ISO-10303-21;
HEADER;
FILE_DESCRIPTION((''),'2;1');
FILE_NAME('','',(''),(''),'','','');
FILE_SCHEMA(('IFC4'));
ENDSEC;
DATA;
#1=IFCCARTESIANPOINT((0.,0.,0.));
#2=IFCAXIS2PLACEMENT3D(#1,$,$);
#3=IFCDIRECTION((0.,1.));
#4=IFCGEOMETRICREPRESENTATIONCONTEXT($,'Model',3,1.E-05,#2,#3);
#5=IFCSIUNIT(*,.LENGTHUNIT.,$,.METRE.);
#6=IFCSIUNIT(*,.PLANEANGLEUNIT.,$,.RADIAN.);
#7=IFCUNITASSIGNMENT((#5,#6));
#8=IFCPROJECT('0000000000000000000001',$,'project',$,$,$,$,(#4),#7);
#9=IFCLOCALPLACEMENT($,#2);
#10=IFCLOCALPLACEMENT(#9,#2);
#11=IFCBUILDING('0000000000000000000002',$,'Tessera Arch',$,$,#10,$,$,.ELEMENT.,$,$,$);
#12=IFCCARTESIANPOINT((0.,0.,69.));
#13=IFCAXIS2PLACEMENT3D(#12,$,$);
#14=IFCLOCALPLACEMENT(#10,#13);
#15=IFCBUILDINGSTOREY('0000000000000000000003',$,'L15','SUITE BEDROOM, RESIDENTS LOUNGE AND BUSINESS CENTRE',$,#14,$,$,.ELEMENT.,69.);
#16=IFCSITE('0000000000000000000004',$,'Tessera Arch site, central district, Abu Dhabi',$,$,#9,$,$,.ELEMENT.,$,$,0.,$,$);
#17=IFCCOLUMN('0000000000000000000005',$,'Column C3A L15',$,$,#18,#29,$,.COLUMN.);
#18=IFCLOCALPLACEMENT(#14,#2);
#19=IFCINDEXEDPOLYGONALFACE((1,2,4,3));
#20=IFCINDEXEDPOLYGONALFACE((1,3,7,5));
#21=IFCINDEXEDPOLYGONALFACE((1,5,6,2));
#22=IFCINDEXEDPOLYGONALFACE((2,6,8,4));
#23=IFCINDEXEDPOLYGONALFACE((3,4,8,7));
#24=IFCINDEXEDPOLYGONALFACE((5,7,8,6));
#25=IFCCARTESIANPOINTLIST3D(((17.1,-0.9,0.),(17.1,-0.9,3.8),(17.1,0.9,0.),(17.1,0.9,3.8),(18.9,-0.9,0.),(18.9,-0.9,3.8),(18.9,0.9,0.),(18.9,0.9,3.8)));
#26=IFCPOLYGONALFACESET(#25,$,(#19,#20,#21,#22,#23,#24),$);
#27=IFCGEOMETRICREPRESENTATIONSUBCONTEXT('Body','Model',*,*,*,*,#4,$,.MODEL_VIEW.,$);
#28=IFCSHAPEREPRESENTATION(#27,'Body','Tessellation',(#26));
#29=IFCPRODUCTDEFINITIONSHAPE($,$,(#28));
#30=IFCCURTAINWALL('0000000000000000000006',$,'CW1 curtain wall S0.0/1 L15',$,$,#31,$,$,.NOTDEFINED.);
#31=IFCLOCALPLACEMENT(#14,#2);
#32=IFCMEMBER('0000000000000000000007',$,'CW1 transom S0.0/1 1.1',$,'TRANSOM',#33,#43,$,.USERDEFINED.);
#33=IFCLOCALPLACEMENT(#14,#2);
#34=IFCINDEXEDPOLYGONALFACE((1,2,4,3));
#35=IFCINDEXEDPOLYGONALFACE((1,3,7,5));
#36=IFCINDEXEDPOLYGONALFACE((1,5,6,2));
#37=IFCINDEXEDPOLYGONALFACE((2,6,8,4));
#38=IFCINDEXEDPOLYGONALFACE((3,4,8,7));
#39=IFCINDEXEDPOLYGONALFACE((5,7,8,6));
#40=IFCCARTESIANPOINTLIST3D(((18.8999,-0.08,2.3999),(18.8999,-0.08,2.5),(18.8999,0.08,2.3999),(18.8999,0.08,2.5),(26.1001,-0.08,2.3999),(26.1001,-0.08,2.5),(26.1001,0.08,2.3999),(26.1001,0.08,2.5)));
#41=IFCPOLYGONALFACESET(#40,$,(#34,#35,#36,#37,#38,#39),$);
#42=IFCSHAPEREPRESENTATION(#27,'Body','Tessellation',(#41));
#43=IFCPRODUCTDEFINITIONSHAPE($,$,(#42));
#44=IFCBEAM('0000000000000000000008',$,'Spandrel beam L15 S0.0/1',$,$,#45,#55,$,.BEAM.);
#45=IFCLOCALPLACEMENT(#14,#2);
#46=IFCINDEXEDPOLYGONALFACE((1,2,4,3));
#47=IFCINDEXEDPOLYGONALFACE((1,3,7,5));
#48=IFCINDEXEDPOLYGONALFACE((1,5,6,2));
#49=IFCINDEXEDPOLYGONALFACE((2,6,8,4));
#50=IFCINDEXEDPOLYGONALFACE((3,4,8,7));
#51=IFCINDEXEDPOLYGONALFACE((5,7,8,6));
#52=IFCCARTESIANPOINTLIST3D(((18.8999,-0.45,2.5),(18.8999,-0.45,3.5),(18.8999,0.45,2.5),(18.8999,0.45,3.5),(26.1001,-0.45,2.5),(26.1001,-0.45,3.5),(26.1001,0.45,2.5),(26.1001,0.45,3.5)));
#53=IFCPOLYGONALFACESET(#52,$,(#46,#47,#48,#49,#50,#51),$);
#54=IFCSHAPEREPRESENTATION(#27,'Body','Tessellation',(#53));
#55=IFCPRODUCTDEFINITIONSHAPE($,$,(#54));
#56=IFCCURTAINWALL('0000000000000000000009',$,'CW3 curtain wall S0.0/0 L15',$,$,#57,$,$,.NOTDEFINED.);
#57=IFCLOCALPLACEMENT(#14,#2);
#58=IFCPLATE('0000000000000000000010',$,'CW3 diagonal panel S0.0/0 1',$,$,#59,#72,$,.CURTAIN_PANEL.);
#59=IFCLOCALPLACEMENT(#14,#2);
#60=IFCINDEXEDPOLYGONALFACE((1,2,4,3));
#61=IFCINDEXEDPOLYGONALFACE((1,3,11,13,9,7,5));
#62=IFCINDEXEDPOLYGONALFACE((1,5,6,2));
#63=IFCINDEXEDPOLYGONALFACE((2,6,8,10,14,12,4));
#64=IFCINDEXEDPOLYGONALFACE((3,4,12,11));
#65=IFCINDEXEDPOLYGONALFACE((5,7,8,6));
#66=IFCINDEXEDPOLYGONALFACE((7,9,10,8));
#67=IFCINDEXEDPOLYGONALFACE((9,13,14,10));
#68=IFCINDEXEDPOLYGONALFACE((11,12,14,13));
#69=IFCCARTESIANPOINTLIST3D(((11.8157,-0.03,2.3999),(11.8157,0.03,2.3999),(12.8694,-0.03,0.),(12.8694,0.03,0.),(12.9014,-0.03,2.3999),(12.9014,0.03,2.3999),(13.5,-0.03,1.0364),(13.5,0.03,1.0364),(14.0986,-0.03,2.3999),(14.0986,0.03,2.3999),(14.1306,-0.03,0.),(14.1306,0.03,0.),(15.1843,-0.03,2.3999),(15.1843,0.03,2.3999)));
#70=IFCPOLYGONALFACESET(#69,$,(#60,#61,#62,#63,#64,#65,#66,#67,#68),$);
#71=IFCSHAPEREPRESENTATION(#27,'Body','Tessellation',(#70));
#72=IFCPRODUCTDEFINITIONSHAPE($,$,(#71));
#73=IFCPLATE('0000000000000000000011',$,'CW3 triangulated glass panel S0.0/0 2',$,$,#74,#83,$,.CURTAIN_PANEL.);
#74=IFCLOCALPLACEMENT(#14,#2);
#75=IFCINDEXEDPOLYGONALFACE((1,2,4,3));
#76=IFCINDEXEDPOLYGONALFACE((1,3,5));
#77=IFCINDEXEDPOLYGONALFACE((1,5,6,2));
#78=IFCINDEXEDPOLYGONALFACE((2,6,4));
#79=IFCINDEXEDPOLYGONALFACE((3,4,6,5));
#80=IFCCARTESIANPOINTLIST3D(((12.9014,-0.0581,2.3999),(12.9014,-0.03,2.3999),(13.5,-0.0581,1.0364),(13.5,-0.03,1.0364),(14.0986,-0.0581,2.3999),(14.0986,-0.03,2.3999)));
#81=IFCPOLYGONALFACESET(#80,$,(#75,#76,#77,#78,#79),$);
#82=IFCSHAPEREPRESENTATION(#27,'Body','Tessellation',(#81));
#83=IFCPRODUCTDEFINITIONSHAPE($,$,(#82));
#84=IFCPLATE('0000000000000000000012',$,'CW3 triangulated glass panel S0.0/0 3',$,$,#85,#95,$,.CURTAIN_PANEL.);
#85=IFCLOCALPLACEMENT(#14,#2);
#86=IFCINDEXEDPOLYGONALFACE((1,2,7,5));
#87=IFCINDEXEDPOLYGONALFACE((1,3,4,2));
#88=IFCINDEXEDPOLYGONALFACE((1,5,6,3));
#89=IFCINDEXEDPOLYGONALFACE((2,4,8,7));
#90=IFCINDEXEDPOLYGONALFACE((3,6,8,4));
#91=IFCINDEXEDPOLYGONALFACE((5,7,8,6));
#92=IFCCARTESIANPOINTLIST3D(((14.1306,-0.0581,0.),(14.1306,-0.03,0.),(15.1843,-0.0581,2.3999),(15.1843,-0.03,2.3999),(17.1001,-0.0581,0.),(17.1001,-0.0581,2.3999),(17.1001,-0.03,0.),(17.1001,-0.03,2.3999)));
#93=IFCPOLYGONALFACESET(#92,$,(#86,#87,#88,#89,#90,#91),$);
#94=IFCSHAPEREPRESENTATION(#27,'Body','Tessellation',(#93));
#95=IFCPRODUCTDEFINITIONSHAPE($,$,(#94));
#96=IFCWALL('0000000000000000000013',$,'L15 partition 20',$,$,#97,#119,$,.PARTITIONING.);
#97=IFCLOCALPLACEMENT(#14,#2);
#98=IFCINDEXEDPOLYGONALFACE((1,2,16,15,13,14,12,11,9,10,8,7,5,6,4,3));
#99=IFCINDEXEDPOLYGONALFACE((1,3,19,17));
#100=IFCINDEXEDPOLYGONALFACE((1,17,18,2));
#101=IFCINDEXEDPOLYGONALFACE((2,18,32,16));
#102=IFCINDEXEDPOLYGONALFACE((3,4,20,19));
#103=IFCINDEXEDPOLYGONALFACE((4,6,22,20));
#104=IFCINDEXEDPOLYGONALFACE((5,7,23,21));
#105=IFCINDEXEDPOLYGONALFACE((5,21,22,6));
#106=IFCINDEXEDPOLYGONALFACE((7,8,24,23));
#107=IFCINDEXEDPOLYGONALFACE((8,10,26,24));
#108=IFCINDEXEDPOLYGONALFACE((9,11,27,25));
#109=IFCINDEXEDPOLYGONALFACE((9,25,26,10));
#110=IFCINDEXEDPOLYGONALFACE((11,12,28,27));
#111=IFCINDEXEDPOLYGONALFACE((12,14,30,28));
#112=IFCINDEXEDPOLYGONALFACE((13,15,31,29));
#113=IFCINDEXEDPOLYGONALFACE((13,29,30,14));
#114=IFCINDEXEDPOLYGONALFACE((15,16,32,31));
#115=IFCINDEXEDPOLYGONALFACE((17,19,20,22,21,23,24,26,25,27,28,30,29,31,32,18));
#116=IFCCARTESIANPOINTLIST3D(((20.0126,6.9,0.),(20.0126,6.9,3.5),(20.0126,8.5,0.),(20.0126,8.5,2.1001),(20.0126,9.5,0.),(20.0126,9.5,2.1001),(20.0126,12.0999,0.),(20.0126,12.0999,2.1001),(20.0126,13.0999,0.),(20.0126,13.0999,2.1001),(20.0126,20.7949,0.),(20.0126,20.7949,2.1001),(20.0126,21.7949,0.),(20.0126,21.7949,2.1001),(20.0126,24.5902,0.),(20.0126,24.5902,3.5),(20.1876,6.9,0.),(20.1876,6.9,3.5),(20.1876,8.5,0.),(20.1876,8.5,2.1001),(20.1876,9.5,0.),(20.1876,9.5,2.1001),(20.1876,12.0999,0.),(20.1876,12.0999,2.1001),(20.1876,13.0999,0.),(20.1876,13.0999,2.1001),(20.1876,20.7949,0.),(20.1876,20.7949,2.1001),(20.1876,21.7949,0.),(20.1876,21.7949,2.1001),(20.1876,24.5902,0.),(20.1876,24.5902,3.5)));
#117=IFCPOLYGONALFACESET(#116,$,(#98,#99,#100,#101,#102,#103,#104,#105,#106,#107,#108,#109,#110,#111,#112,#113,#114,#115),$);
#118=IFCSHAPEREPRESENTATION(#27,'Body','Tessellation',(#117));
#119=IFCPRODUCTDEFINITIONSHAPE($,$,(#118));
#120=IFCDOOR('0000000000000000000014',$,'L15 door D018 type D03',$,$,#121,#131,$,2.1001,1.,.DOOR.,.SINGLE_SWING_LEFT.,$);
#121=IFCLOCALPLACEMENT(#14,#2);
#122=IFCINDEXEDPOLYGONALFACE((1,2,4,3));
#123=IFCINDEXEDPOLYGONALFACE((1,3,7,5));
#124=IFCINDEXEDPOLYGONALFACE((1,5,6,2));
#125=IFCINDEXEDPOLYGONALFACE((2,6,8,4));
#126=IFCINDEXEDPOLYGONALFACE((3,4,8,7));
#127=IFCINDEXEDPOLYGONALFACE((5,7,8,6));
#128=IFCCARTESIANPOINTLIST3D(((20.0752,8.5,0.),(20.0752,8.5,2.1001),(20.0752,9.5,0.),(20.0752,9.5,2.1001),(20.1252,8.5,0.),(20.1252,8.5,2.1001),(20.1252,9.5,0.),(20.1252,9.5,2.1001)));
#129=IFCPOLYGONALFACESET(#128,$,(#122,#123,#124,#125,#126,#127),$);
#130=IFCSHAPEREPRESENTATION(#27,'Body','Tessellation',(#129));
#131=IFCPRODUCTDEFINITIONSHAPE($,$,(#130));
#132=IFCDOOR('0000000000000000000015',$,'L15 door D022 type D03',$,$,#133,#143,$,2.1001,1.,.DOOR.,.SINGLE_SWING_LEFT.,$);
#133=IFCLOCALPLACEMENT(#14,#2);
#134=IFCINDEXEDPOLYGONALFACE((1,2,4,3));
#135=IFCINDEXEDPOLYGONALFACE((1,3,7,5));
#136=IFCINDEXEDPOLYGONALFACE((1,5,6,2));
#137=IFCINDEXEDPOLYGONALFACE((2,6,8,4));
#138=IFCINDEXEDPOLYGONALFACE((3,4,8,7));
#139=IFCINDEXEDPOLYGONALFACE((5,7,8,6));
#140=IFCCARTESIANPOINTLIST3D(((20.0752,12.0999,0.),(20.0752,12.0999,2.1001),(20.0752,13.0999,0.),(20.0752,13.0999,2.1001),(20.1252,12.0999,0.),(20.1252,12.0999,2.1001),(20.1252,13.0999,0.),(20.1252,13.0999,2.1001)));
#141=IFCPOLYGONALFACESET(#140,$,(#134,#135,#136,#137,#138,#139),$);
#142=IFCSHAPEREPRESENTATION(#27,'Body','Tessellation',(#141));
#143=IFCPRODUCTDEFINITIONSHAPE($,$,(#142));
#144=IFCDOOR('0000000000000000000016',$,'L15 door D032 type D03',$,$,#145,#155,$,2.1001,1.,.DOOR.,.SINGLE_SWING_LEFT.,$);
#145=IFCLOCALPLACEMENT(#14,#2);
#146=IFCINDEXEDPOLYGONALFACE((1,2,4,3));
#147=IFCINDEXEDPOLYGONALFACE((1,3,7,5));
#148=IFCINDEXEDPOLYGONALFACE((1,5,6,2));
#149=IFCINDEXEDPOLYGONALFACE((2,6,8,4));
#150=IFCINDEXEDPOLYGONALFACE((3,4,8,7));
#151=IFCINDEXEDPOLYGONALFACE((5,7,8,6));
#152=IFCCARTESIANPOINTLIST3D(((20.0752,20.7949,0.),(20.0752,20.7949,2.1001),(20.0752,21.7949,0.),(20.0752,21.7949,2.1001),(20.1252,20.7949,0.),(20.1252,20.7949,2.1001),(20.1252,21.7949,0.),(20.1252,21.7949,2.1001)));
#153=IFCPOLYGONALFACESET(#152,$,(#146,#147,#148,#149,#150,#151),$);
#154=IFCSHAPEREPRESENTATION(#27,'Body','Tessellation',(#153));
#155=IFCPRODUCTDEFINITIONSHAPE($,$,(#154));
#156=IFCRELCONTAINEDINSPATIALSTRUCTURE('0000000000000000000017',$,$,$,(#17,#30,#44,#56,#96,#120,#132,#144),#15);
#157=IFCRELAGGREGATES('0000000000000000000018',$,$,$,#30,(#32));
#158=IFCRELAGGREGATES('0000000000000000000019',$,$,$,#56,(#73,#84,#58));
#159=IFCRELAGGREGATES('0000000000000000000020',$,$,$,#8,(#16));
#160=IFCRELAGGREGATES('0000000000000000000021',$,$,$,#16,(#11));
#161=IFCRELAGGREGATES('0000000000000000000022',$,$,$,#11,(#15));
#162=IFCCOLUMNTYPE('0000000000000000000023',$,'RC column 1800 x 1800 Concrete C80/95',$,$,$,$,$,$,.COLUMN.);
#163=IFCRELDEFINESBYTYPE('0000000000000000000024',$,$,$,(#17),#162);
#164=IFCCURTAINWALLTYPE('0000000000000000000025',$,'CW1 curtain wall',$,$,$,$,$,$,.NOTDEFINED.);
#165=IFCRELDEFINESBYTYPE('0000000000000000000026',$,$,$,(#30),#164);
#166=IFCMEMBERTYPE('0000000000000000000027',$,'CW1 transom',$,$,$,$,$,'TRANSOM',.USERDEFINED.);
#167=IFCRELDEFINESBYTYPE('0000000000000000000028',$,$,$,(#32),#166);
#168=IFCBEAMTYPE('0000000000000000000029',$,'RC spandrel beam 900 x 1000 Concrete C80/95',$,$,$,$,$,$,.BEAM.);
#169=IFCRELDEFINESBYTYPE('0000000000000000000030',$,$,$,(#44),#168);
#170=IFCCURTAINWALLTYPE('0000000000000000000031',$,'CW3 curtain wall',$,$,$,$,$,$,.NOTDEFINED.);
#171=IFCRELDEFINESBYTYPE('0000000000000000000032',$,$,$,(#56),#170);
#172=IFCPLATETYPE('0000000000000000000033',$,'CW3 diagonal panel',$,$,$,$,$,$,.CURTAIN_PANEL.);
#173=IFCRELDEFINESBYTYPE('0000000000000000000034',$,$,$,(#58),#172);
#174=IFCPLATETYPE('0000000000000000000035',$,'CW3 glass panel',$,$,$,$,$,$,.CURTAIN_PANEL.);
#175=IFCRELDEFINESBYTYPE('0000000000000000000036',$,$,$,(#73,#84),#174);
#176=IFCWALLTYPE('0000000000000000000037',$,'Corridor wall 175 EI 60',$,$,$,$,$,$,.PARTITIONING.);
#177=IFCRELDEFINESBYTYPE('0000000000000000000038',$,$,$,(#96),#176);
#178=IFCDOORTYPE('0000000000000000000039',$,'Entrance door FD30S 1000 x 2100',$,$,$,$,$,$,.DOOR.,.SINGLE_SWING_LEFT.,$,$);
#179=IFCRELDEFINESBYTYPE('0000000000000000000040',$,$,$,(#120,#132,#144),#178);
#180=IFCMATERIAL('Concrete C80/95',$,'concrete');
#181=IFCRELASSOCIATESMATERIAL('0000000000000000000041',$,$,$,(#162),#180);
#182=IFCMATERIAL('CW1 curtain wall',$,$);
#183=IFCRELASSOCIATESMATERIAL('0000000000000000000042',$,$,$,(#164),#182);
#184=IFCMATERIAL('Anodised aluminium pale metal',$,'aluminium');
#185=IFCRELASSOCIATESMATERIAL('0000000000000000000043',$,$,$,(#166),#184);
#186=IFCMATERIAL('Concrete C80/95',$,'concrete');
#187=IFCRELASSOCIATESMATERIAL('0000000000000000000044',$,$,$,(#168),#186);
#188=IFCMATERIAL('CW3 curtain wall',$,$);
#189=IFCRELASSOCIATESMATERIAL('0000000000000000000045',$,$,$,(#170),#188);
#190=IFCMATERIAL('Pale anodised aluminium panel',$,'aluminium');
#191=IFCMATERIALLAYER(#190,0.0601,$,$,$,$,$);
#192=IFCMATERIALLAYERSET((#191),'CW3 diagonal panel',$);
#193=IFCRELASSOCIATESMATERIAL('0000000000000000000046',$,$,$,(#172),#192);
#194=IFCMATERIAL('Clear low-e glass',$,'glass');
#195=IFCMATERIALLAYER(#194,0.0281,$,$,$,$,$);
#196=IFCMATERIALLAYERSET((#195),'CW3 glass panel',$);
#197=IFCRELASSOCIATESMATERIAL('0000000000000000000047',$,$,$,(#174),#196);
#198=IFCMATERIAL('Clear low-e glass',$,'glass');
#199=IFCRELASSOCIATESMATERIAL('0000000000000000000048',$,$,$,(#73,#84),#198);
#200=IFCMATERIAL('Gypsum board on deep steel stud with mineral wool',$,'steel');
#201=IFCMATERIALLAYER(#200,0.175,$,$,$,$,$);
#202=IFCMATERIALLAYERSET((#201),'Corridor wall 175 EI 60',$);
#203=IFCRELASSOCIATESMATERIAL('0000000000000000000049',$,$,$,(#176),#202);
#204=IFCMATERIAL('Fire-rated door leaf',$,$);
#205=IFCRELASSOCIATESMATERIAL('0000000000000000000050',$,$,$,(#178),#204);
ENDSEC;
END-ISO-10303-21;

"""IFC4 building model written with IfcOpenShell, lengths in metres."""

from ifc_helpers import new_model, si_unit, direction, frame, frame_2d, origin, origin_2d, place, context, subcontext, project, spatial, polyline, rectangle, outline, extrude, material, layer, layer_set, material_profile, profile_set, type_object, element, fill, aggregate, save


model = new_model("IFC4")

# Units and contexts
model_context = context("Model", 3, precision=1e-05, world=origin(), true_north=direction((0.0, 1.0)))
body_context = subcontext(model_context, "Body", "Model", "MODEL_VIEW")
ifc_project = project(units=[si_unit("LENGTHUNIT", "METRE"), si_unit("PLANEANGLEUNIT", "RADIAN")], contexts=[model_context])

# Site, building, storey
site_placement = place(None, origin())
site = spatial("IfcSite", under=ifc_project, at=site_placement, Name="Tessera Arch site, central district, Abu Dhabi", CompositionType="ELEMENT", RefElevation=0.0)
building_placement = place(site_placement, origin())
building = spatial("IfcBuilding", under=site, at=building_placement, Name="Tessera Arch", CompositionType="ELEMENT")
storey_placement = place(building_placement, frame((0.0, 0.0, 69.0)))
storey = spatial("IfcBuildingStorey", under=building, at=storey_placement, Name="L15", Description="SUITE BEDROOM, RESIDENTS LOUNGE AND BUSINESS CENTRE", CompositionType="ELEMENT", Elevation=69.0)

# Column
ifc_material_1 = material(Name="Concrete C80/95", Category="concrete")
ifc_material_profile_1 = material_profile(ifc_material_1, rectangle(XDim=1.8, YDim=1.8, at=origin_2d()), Name="RC column 1800 x 1800 Concrete C80/95")
ifc_profile_set_1 = profile_set([ifc_material_profile_1], Name="Concrete C80/95")
column_type = type_object("IfcColumnType", Name="RC column 1800 x 1800 Concrete C80/95", PredefinedType="COLUMN", material=ifc_profile_set_1)
column_placement = place(storey_placement, frame((18.0, 0.0, 0.0), z_axis=(0.0, 0.0, 1.0), x_axis=(1.0, 0.0, 0.0)))
element("IfcColumn", 1, at=column_placement, inside=storey, type_object=column_type, Name="Column C3A L15", PredefinedType="COLUMN", context=body_context, shape_type="SweptSolid", body=[
    extrude(rectangle(XDim=1.8, YDim=1.8, at=origin_2d()), origin(), (0.0, 0.0, 1.0), 3.8),
])

# Curtain wall, member
ifc_material_2 = material(Name="CW1 curtain wall")
curtain_wall_type_1 = type_object("IfcCurtainWallType", Name="CW1 curtain wall", PredefinedType="NOTDEFINED", material=ifc_material_2)
curtain_wall_1_placement = place(storey_placement, origin())
curtain_wall_1 = element("IfcCurtainWall", 2, at=curtain_wall_1_placement, inside=storey, type_object=curtain_wall_type_1, Name="CW1 curtain wall S0.0/1 L15", PredefinedType="NOTDEFINED")
ifc_material_3 = material(Name="Anodised aluminium pale metal", Category="aluminium")
ifc_material_profile_2 = material_profile(ifc_material_3, rectangle(XDim=0.1599, YDim=0.1001, at=origin_2d()), Name="AL 160x100")
ifc_profile_set_2 = profile_set([ifc_material_profile_2], Name="Anodised aluminium pale metal")
member_type = type_object("IfcMemberType", Name="CW1 transom", ElementType="TRANSOM", PredefinedType="USERDEFINED", material=ifc_profile_set_2)
member_placement = place(storey_placement, frame((18.8999, 0.0, 2.45), z_axis=(1.0, 0.0, 0.0), x_axis=(0.0, 1.0, 0.0)))
member = element("IfcMember", 3, at=member_placement, type_object=member_type, Name="CW1 transom S0.0/1 1.1", ObjectType="TRANSOM", PredefinedType="USERDEFINED", context=body_context, shape_type="SweptSolid", body=[
    extrude(rectangle(XDim=0.1599, YDim=0.1001, at=origin_2d()), origin(), (0.0, 0.0, 1.0), 7.2002),
])
aggregate(curtain_wall_1, [member])

# Beam
ifc_material_4 = material(Name="Concrete C80/95", Category="concrete")
ifc_material_profile_3 = material_profile(ifc_material_4, rectangle(XDim=0.8999, YDim=1.0, at=origin_2d()), Name="RC spandrel beam 900 x 1000 Concrete C80/95")
ifc_profile_set_3 = profile_set([ifc_material_profile_3], Name="Concrete C80/95")
beam_type = type_object("IfcBeamType", Name="RC spandrel beam 900 x 1000 Concrete C80/95", PredefinedType="BEAM", material=ifc_profile_set_3)
beam_placement = place(storey_placement, frame((18.8999, 0.0, 3.0), z_axis=(1.0, 0.0, 0.0), x_axis=(0.0, 1.0, 0.0)))
element("IfcBeam", 4, at=beam_placement, inside=storey, type_object=beam_type, Name="Spandrel beam L15 S0.0/1", PredefinedType="BEAM", context=body_context, shape_type="SweptSolid", body=[
    extrude(rectangle(XDim=0.8999, YDim=1.0, at=origin_2d()), origin(), (0.0, 0.0, 1.0), 7.2002),
])

# Curtain wall, plates
ifc_material_5 = material(Name="CW3 curtain wall")
curtain_wall_type_2 = type_object("IfcCurtainWallType", Name="CW3 curtain wall", PredefinedType="NOTDEFINED", material=ifc_material_5)
curtain_wall_2_placement = place(storey_placement, origin())
curtain_wall_2 = element("IfcCurtainWall", 5, at=curtain_wall_2_placement, inside=storey, type_object=curtain_wall_type_2, Name="CW3 curtain wall S0.0/0 L15", PredefinedType="NOTDEFINED")
ifc_material_6 = material(Name="Pale anodised aluminium panel", Category="aluminium")
ifc_layer_1 = layer(ifc_material_6, 0.0601)
ifc_layer_set_1 = layer_set([ifc_layer_1], Name="CW3 diagonal panel")
plate_type_1 = type_object("IfcPlateType", Name="CW3 diagonal panel", PredefinedType="CURTAIN_PANEL", material=ifc_layer_set_1)
plate_1_placement = place(storey_placement, frame((15.1843, -0.03, 2.3999), z_axis=(0.0, -1.0, 0.0), x_axis=(-1.0, 0.0, 0.0)))
plate_1 = element("IfcPlate", 6, at=plate_1_placement, type_object=plate_type_1, Name="CW3 diagonal panel S0.0/0 1", PredefinedType="CURTAIN_PANEL", context=body_context, shape_type="SweptSolid", body=[
    extrude(outline(polyline([(0.0, 0.0), (1.0857, 0.0), (1.6843, 1.3635), (2.283, 0.0), (3.3687, 0.0), (2.3149, 2.3999), (1.0537, 2.3999), (0.0, 0.0)])), origin(), (0.0, 0.0, -1.0), 0.0601),
])
ifc_material_7 = material(Name="Clear low-e glass", Category="glass")
ifc_material_8 = material(Name="Clear low-e glass", Category="glass")
ifc_layer_2 = layer(ifc_material_8, 0.0281)
ifc_layer_set_2 = layer_set([ifc_layer_2], Name="CW3 glass panel")
plate_type_2 = type_object("IfcPlateType", Name="CW3 glass panel", PredefinedType="CURTAIN_PANEL", material=ifc_layer_set_2)
plate_2_placement = place(storey_placement, frame((14.0986, -0.0581, 2.3999), z_axis=(0.0, -1.0, 0.0), x_axis=(-1.0, 0.0, 0.0)))
plate_2 = element("IfcPlate", 7, at=plate_2_placement, type_object=plate_type_2, material=ifc_material_7, Name="CW3 triangulated glass panel S0.0/0 2", PredefinedType="CURTAIN_PANEL", context=body_context, shape_type="SweptSolid", body=[
    extrude(outline(polyline([(0.0, 0.0), (1.1973, 0.0), (0.5986, 1.3635), (0.0, 0.0)])), origin(), (0.0, 0.0, -1.0), 0.0281),
])
plate_3_placement = place(storey_placement, frame((17.1001, -0.0581, 2.3999), z_axis=(0.0, -1.0, 0.0), x_axis=(-1.0, 0.0, 0.0)))
plate_3 = element("IfcPlate", 8, at=plate_3_placement, type_object=plate_type_2, material=ifc_material_7, Name="CW3 triangulated glass panel S0.0/0 3", PredefinedType="CURTAIN_PANEL", context=body_context, shape_type="SweptSolid", body=[
    extrude(outline(polyline([(0.0, 0.0), (1.9158, 0.0), (2.9695, 2.3999), (0.0, 2.3999), (0.0, 0.0)])), origin(), (0.0, 0.0, -1.0), 0.0281),
])
aggregate(curtain_wall_2, [plate_2, plate_3, plate_1])

# Wall, openings, doors
ifc_material_9 = material(Name="Gypsum board on deep steel stud with mineral wool", Category="steel")
ifc_layer_3 = layer(ifc_material_9, 0.175)
ifc_layer_set_3 = layer_set([ifc_layer_3], Name="Corridor wall 175 EI 60")
wall_type_1 = type_object("IfcWallType", Name="Corridor wall 175 EI 60", PredefinedType="PARTITIONING", material=ifc_layer_set_3)
wall_1_placement = place(storey_placement, frame((20.1001, 6.8999, 0.0), z_axis=(0.0, 0.0, 1.0), x_axis=(0.0, 1.0, 0.0)))
wall_1 = element("IfcWall", 9, at=wall_1_placement, inside=storey, type_object=wall_type_1, Name="L15 partition 20", PredefinedType="PARTITIONING", context=body_context, shape_type="SweptSolid", body=[
    extrude(rectangle(XDim=17.6902, YDim=0.175, at=frame_2d((8.8452, 0.0))), origin(), (0.0, 0.0, 1.0), 3.5),
])
opening_1_placement = place(wall_1_placement, frame((1.6001, 0.0, 0.0)))
opening_1 = element("IfcOpeningElement", 10, at=opening_1_placement, cuts=wall_1, PredefinedType="OPENING", context=body_context, shape_type="SweptSolid", body=[
    extrude(rectangle(XDim=1.0, YDim=2.1001, at=frame_2d((0.5, 1.05))), frame((0.0, 0.0974, 0.0), z_axis=(0.0, -1.0, 0.0), x_axis=(1.0, 0.0, 0.0)), (0.0, 0.0, 1.0), 0.1951),
])
opening_2_placement = place(wall_1_placement, frame((5.2, 0.0, 0.0)))
opening_2 = element("IfcOpeningElement", 11, at=opening_2_placement, cuts=wall_1, PredefinedType="OPENING", context=body_context, shape_type="SweptSolid", body=[
    extrude(rectangle(XDim=1.0, YDim=2.1001, at=frame_2d((0.5, 1.05))), frame((0.0, 0.0974, 0.0), z_axis=(0.0, -1.0, 0.0), x_axis=(1.0, 0.0, 0.0)), (0.0, 0.0, 1.0), 0.1951),
])
opening_3_placement = place(wall_1_placement, frame((13.895, 0.0, 0.0)))
opening_3 = element("IfcOpeningElement", 12, at=opening_3_placement, cuts=wall_1, PredefinedType="OPENING", context=body_context, shape_type="SweptSolid", body=[
    extrude(rectangle(XDim=1.0, YDim=2.1001, at=frame_2d((0.5, 1.05))), frame((0.0, 0.0974, 0.0), z_axis=(0.0, -1.0, 0.0), x_axis=(1.0, 0.0, 0.0)), (0.0, 0.0, 1.0), 0.1951),
])
ifc_material_10 = material(Name="Fire-rated door leaf")
door_type_1 = type_object("IfcDoorType", Name="Entrance door FD30S 1000 x 2100", OperationType="SINGLE_SWING_LEFT", PredefinedType="DOOR", material=ifc_material_10)
door_1_placement = place(opening_1_placement, origin())
door_1 = element("IfcDoor", 13, at=door_1_placement, inside=storey, type_object=door_type_1, Name="L15 door D018 type D03", OperationType="SINGLE_SWING_LEFT", OverallHeight=2.1001, OverallWidth=1.0, PredefinedType="DOOR", context=body_context, shape_type="SweptSolid", body=[
    extrude(rectangle(XDim=1.0, YDim=2.1001, at=frame_2d((0.5, 1.05))), frame((0.0, 0.0249, 0.0), z_axis=(0.0, -1.0, 0.0), x_axis=(1.0, 0.0, 0.0)), (0.0, 0.0, 1.0), 0.05),
])
fill(opening_1, door_1)
door_2_placement = place(opening_2_placement, origin())
door_2 = element("IfcDoor", 14, at=door_2_placement, inside=storey, type_object=door_type_1, Name="L15 door D022 type D03", OperationType="SINGLE_SWING_LEFT", OverallHeight=2.1001, OverallWidth=1.0, PredefinedType="DOOR", context=body_context, shape_type="SweptSolid", body=[
    extrude(rectangle(XDim=1.0, YDim=2.1001, at=frame_2d((0.5, 1.05))), frame((0.0, 0.0249, 0.0), z_axis=(0.0, -1.0, 0.0), x_axis=(1.0, 0.0, 0.0)), (0.0, 0.0, 1.0), 0.05),
])
fill(opening_2, door_2)
door_3_placement = place(opening_3_placement, origin())
door_3 = element("IfcDoor", 15, at=door_3_placement, inside=storey, type_object=door_type_1, Name="L15 door D032 type D03", OperationType="SINGLE_SWING_LEFT", OverallHeight=2.1001, OverallWidth=1.0, PredefinedType="DOOR", context=body_context, shape_type="SweptSolid", body=[
    extrude(rectangle(XDim=1.0, YDim=2.1001, at=frame_2d((0.5, 1.05))), frame((0.0, 0.0249, 0.0), z_axis=(0.0, -1.0, 0.0), x_axis=(1.0, 0.0, 0.0)), (0.0, 0.0, 1.0), 0.05),
])
fill(opening_3, door_3)

save(model, "model.ifc")
